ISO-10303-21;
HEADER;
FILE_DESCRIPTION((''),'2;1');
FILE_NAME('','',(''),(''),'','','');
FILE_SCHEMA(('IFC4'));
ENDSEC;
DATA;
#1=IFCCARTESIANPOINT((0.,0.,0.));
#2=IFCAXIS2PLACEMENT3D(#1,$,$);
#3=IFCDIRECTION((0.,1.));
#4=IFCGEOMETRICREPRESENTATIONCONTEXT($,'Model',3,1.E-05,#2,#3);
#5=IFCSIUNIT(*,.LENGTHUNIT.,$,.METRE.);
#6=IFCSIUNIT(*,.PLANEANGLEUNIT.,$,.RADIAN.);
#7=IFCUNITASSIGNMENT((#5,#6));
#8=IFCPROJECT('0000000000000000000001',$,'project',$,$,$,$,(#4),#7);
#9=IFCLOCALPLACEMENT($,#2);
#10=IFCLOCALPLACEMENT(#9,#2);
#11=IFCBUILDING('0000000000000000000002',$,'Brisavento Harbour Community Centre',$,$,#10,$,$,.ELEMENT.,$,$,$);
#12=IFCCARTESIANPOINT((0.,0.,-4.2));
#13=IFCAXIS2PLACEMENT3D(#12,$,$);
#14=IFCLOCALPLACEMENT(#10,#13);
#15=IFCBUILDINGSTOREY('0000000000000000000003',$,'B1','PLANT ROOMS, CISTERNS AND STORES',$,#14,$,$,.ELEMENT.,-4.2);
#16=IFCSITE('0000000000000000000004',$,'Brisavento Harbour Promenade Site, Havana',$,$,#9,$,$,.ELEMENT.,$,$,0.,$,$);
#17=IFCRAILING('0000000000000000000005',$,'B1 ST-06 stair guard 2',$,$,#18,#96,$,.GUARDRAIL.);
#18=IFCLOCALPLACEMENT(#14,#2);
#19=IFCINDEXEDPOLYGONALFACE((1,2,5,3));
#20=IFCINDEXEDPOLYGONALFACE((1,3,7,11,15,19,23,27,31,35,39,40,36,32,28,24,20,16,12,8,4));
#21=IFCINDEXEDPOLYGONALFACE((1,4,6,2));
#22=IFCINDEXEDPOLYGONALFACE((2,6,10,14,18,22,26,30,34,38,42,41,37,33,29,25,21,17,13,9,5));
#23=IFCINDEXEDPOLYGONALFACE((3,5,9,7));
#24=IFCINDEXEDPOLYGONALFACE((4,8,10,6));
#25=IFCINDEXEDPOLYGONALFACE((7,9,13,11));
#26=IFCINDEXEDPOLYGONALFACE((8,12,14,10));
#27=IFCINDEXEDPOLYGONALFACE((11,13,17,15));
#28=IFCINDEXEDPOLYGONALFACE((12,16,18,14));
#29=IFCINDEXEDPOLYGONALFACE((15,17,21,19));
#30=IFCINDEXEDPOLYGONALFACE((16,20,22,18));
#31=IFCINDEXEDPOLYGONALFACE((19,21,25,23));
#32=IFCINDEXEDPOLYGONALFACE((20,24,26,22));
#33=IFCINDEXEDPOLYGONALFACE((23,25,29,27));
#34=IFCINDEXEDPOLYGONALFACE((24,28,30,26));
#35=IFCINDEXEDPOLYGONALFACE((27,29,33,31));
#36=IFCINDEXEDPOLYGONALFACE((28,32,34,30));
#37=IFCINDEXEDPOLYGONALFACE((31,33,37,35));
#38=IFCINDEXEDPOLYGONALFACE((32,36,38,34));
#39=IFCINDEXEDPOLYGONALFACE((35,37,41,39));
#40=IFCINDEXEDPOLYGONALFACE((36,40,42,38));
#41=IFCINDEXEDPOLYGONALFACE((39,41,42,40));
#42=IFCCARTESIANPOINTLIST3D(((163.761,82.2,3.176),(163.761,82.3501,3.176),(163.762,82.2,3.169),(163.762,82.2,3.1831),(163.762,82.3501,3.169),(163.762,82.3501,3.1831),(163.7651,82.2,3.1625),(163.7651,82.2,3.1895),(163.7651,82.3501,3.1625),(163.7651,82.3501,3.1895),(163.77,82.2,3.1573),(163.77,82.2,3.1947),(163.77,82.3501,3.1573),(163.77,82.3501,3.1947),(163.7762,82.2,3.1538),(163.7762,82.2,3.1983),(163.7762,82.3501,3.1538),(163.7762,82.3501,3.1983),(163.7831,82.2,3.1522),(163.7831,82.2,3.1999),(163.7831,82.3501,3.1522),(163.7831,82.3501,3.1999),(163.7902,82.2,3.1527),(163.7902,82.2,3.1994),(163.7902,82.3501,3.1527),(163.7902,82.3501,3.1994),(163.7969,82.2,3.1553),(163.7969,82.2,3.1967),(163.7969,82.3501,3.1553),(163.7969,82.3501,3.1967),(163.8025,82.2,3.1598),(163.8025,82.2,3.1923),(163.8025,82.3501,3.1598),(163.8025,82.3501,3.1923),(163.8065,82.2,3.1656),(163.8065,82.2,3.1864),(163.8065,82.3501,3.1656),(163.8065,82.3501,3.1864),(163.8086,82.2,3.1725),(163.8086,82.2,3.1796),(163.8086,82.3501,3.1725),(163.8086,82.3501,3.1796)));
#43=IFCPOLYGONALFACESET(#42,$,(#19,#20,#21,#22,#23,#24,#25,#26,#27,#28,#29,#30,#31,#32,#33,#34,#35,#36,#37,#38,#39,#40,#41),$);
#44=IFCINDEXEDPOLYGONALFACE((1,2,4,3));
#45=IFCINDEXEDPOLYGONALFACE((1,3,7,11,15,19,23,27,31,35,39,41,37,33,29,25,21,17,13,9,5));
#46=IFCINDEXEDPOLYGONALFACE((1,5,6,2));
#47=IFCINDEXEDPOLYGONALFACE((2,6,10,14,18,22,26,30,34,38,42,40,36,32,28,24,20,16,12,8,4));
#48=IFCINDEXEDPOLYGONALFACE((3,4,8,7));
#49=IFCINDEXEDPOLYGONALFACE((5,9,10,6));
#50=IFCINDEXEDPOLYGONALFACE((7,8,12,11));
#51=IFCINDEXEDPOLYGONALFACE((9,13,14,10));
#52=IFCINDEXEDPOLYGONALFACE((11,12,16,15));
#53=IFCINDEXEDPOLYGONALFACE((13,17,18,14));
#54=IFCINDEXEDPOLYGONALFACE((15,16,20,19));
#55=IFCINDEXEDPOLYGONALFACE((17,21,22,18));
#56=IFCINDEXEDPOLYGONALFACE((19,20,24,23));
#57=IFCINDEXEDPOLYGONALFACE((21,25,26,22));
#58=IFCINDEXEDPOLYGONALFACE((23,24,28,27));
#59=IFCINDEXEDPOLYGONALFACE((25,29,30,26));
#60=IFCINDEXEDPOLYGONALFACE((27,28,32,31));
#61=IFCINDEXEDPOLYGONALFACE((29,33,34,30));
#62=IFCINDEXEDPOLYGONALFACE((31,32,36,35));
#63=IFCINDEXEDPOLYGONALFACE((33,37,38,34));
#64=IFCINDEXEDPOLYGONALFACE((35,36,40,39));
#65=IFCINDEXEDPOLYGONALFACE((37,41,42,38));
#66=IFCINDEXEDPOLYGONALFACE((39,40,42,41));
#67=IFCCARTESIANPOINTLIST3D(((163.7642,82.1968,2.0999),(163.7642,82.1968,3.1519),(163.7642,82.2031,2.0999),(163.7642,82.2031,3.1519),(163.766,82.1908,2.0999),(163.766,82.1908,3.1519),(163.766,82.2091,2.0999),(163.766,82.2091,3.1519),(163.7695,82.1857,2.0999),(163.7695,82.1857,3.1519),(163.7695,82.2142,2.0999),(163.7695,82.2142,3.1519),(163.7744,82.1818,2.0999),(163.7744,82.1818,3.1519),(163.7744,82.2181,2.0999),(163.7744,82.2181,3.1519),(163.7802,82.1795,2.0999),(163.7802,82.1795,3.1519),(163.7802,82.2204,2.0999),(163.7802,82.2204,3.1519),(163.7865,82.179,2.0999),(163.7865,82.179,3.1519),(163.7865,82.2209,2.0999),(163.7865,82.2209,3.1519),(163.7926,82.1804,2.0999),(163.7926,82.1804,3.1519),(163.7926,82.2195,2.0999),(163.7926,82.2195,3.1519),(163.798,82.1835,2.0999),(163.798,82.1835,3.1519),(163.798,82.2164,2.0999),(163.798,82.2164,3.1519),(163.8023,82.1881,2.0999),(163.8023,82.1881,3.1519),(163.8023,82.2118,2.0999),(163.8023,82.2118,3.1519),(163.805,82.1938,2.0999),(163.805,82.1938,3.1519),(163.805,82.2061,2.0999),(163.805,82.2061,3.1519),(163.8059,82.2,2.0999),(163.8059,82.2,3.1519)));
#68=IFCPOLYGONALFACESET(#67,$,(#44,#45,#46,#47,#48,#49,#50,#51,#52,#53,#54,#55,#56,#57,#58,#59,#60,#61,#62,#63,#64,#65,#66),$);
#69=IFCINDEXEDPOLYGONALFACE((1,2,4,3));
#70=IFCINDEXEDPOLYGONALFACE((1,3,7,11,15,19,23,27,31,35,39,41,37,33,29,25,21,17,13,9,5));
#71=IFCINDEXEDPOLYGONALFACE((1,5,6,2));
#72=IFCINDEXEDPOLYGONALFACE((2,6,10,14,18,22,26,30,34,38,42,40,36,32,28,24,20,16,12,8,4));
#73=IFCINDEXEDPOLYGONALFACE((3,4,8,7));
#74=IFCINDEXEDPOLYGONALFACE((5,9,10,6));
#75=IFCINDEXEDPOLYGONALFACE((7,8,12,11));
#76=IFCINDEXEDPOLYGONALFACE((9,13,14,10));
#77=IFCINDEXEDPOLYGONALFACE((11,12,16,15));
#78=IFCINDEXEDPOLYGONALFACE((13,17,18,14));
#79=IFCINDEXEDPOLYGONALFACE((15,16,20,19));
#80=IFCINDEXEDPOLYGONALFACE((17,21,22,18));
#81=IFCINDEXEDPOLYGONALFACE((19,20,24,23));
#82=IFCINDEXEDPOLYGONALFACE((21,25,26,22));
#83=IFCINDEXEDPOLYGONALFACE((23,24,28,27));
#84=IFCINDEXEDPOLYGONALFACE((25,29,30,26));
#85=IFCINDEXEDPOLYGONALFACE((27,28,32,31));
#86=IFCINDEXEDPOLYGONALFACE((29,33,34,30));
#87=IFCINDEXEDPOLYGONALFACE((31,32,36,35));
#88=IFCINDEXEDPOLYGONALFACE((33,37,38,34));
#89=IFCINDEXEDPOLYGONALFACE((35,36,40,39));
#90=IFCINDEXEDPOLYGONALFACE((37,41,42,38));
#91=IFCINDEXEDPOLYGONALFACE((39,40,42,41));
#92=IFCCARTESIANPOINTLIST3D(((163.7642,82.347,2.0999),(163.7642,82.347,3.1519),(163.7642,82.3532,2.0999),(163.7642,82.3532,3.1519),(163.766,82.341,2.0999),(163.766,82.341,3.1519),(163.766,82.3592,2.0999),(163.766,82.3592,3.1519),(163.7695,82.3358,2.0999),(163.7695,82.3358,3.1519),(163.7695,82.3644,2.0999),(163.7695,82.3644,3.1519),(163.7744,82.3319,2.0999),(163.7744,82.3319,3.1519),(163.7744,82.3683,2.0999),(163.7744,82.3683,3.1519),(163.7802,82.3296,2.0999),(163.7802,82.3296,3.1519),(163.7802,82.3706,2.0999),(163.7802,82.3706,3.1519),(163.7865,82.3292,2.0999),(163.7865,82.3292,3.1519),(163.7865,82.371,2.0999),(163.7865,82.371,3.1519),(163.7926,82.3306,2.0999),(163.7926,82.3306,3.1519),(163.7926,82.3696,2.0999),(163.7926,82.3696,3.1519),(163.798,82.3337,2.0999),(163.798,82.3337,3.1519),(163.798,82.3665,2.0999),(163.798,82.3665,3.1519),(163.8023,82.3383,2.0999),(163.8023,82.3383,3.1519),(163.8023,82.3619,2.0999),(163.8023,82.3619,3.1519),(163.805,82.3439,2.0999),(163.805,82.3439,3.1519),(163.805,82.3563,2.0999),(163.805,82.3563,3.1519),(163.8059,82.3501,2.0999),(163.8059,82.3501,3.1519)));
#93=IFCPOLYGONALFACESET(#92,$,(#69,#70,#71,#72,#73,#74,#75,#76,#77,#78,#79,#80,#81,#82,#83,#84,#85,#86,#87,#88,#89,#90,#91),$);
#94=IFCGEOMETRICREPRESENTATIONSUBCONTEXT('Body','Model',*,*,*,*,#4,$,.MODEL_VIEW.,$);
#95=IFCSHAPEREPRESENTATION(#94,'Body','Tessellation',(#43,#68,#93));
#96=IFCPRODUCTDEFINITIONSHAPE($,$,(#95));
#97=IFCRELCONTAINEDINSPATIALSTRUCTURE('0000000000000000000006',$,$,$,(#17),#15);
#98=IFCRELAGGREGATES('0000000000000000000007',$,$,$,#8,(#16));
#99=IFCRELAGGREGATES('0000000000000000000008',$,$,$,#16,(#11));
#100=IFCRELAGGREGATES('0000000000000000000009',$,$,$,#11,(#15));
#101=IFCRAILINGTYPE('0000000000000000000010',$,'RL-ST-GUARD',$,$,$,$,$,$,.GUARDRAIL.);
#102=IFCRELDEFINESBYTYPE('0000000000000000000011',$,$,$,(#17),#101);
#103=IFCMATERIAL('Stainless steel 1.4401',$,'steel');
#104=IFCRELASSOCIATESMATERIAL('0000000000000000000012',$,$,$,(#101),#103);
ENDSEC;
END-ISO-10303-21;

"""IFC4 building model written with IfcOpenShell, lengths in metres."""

from ifc_helpers import new_model, si_unit, direction, frame, origin, origin_2d, place, context, subcontext, project, spatial, circle, extrude, material, type_object, element, save


model = new_model("IFC4")

# Units and contexts
model_context = context("Model", 3, precision=1e-05, world=origin(), true_north=direction((0.0, 1.0)))
body_context = subcontext(model_context, "Body", "Model", "MODEL_VIEW")
ifc_project = project(units=[si_unit("LENGTHUNIT", "METRE"), si_unit("PLANEANGLEUNIT", "RADIAN")], contexts=[model_context])

# Site, building, storey
site_placement = place(None, origin())
site = spatial("IfcSite", under=ifc_project, at=site_placement, Name="Brisavento Harbour Promenade Site, Havana", CompositionType="ELEMENT", RefElevation=0.0)
building_placement = place(site_placement, origin())
building = spatial("IfcBuilding", under=site, at=building_placement, Name="Brisavento Harbour Community Centre", CompositionType="ELEMENT")
storey_placement = place(building_placement, frame((0.0, 0.0, -4.2)))
storey = spatial("IfcBuildingStorey", under=building, at=storey_placement, Name="B1", Description="PLANT ROOMS, CISTERNS AND STORES", CompositionType="ELEMENT", Elevation=-4.2)

# Railing
ifc_material_1 = material(Name="Stainless steel 1.4401", Category="steel")
railing_type_1 = type_object("IfcRailingType", Name="RL-ST-GUARD", PredefinedType="GUARDRAIL", material=ifc_material_1)
railing_1_placement = place(storey_placement, frame((163.7849, 82.2, 2.0999)))
element("IfcRailing", 1, at=railing_1_placement, inside=storey, type_object=railing_type_1, Name="B1 ST-06 stair guard 2", PredefinedType="GUARDRAIL", context=body_context, shape_type="SweptSolid", body=[
    extrude(circle(Radius=0.0239, at=origin_2d()), frame((0.0, 0.0, 1.0762), z_axis=(0.0, 1.0, 0.0), x_axis=(-1.0, 0.0, 0.0)), (0.0, 0.0, 1.0), 0.1501),
    extrude(circle(Radius=0.021, at=origin_2d()), origin(), (0.0, 0.0, 1.0), 1.052),
    extrude(circle(Radius=0.021, at=origin_2d()), frame((0.0, 0.1501, 0.0)), (0.0, 0.0, 1.0), 1.052),
])

save(model, "model.ifc")
